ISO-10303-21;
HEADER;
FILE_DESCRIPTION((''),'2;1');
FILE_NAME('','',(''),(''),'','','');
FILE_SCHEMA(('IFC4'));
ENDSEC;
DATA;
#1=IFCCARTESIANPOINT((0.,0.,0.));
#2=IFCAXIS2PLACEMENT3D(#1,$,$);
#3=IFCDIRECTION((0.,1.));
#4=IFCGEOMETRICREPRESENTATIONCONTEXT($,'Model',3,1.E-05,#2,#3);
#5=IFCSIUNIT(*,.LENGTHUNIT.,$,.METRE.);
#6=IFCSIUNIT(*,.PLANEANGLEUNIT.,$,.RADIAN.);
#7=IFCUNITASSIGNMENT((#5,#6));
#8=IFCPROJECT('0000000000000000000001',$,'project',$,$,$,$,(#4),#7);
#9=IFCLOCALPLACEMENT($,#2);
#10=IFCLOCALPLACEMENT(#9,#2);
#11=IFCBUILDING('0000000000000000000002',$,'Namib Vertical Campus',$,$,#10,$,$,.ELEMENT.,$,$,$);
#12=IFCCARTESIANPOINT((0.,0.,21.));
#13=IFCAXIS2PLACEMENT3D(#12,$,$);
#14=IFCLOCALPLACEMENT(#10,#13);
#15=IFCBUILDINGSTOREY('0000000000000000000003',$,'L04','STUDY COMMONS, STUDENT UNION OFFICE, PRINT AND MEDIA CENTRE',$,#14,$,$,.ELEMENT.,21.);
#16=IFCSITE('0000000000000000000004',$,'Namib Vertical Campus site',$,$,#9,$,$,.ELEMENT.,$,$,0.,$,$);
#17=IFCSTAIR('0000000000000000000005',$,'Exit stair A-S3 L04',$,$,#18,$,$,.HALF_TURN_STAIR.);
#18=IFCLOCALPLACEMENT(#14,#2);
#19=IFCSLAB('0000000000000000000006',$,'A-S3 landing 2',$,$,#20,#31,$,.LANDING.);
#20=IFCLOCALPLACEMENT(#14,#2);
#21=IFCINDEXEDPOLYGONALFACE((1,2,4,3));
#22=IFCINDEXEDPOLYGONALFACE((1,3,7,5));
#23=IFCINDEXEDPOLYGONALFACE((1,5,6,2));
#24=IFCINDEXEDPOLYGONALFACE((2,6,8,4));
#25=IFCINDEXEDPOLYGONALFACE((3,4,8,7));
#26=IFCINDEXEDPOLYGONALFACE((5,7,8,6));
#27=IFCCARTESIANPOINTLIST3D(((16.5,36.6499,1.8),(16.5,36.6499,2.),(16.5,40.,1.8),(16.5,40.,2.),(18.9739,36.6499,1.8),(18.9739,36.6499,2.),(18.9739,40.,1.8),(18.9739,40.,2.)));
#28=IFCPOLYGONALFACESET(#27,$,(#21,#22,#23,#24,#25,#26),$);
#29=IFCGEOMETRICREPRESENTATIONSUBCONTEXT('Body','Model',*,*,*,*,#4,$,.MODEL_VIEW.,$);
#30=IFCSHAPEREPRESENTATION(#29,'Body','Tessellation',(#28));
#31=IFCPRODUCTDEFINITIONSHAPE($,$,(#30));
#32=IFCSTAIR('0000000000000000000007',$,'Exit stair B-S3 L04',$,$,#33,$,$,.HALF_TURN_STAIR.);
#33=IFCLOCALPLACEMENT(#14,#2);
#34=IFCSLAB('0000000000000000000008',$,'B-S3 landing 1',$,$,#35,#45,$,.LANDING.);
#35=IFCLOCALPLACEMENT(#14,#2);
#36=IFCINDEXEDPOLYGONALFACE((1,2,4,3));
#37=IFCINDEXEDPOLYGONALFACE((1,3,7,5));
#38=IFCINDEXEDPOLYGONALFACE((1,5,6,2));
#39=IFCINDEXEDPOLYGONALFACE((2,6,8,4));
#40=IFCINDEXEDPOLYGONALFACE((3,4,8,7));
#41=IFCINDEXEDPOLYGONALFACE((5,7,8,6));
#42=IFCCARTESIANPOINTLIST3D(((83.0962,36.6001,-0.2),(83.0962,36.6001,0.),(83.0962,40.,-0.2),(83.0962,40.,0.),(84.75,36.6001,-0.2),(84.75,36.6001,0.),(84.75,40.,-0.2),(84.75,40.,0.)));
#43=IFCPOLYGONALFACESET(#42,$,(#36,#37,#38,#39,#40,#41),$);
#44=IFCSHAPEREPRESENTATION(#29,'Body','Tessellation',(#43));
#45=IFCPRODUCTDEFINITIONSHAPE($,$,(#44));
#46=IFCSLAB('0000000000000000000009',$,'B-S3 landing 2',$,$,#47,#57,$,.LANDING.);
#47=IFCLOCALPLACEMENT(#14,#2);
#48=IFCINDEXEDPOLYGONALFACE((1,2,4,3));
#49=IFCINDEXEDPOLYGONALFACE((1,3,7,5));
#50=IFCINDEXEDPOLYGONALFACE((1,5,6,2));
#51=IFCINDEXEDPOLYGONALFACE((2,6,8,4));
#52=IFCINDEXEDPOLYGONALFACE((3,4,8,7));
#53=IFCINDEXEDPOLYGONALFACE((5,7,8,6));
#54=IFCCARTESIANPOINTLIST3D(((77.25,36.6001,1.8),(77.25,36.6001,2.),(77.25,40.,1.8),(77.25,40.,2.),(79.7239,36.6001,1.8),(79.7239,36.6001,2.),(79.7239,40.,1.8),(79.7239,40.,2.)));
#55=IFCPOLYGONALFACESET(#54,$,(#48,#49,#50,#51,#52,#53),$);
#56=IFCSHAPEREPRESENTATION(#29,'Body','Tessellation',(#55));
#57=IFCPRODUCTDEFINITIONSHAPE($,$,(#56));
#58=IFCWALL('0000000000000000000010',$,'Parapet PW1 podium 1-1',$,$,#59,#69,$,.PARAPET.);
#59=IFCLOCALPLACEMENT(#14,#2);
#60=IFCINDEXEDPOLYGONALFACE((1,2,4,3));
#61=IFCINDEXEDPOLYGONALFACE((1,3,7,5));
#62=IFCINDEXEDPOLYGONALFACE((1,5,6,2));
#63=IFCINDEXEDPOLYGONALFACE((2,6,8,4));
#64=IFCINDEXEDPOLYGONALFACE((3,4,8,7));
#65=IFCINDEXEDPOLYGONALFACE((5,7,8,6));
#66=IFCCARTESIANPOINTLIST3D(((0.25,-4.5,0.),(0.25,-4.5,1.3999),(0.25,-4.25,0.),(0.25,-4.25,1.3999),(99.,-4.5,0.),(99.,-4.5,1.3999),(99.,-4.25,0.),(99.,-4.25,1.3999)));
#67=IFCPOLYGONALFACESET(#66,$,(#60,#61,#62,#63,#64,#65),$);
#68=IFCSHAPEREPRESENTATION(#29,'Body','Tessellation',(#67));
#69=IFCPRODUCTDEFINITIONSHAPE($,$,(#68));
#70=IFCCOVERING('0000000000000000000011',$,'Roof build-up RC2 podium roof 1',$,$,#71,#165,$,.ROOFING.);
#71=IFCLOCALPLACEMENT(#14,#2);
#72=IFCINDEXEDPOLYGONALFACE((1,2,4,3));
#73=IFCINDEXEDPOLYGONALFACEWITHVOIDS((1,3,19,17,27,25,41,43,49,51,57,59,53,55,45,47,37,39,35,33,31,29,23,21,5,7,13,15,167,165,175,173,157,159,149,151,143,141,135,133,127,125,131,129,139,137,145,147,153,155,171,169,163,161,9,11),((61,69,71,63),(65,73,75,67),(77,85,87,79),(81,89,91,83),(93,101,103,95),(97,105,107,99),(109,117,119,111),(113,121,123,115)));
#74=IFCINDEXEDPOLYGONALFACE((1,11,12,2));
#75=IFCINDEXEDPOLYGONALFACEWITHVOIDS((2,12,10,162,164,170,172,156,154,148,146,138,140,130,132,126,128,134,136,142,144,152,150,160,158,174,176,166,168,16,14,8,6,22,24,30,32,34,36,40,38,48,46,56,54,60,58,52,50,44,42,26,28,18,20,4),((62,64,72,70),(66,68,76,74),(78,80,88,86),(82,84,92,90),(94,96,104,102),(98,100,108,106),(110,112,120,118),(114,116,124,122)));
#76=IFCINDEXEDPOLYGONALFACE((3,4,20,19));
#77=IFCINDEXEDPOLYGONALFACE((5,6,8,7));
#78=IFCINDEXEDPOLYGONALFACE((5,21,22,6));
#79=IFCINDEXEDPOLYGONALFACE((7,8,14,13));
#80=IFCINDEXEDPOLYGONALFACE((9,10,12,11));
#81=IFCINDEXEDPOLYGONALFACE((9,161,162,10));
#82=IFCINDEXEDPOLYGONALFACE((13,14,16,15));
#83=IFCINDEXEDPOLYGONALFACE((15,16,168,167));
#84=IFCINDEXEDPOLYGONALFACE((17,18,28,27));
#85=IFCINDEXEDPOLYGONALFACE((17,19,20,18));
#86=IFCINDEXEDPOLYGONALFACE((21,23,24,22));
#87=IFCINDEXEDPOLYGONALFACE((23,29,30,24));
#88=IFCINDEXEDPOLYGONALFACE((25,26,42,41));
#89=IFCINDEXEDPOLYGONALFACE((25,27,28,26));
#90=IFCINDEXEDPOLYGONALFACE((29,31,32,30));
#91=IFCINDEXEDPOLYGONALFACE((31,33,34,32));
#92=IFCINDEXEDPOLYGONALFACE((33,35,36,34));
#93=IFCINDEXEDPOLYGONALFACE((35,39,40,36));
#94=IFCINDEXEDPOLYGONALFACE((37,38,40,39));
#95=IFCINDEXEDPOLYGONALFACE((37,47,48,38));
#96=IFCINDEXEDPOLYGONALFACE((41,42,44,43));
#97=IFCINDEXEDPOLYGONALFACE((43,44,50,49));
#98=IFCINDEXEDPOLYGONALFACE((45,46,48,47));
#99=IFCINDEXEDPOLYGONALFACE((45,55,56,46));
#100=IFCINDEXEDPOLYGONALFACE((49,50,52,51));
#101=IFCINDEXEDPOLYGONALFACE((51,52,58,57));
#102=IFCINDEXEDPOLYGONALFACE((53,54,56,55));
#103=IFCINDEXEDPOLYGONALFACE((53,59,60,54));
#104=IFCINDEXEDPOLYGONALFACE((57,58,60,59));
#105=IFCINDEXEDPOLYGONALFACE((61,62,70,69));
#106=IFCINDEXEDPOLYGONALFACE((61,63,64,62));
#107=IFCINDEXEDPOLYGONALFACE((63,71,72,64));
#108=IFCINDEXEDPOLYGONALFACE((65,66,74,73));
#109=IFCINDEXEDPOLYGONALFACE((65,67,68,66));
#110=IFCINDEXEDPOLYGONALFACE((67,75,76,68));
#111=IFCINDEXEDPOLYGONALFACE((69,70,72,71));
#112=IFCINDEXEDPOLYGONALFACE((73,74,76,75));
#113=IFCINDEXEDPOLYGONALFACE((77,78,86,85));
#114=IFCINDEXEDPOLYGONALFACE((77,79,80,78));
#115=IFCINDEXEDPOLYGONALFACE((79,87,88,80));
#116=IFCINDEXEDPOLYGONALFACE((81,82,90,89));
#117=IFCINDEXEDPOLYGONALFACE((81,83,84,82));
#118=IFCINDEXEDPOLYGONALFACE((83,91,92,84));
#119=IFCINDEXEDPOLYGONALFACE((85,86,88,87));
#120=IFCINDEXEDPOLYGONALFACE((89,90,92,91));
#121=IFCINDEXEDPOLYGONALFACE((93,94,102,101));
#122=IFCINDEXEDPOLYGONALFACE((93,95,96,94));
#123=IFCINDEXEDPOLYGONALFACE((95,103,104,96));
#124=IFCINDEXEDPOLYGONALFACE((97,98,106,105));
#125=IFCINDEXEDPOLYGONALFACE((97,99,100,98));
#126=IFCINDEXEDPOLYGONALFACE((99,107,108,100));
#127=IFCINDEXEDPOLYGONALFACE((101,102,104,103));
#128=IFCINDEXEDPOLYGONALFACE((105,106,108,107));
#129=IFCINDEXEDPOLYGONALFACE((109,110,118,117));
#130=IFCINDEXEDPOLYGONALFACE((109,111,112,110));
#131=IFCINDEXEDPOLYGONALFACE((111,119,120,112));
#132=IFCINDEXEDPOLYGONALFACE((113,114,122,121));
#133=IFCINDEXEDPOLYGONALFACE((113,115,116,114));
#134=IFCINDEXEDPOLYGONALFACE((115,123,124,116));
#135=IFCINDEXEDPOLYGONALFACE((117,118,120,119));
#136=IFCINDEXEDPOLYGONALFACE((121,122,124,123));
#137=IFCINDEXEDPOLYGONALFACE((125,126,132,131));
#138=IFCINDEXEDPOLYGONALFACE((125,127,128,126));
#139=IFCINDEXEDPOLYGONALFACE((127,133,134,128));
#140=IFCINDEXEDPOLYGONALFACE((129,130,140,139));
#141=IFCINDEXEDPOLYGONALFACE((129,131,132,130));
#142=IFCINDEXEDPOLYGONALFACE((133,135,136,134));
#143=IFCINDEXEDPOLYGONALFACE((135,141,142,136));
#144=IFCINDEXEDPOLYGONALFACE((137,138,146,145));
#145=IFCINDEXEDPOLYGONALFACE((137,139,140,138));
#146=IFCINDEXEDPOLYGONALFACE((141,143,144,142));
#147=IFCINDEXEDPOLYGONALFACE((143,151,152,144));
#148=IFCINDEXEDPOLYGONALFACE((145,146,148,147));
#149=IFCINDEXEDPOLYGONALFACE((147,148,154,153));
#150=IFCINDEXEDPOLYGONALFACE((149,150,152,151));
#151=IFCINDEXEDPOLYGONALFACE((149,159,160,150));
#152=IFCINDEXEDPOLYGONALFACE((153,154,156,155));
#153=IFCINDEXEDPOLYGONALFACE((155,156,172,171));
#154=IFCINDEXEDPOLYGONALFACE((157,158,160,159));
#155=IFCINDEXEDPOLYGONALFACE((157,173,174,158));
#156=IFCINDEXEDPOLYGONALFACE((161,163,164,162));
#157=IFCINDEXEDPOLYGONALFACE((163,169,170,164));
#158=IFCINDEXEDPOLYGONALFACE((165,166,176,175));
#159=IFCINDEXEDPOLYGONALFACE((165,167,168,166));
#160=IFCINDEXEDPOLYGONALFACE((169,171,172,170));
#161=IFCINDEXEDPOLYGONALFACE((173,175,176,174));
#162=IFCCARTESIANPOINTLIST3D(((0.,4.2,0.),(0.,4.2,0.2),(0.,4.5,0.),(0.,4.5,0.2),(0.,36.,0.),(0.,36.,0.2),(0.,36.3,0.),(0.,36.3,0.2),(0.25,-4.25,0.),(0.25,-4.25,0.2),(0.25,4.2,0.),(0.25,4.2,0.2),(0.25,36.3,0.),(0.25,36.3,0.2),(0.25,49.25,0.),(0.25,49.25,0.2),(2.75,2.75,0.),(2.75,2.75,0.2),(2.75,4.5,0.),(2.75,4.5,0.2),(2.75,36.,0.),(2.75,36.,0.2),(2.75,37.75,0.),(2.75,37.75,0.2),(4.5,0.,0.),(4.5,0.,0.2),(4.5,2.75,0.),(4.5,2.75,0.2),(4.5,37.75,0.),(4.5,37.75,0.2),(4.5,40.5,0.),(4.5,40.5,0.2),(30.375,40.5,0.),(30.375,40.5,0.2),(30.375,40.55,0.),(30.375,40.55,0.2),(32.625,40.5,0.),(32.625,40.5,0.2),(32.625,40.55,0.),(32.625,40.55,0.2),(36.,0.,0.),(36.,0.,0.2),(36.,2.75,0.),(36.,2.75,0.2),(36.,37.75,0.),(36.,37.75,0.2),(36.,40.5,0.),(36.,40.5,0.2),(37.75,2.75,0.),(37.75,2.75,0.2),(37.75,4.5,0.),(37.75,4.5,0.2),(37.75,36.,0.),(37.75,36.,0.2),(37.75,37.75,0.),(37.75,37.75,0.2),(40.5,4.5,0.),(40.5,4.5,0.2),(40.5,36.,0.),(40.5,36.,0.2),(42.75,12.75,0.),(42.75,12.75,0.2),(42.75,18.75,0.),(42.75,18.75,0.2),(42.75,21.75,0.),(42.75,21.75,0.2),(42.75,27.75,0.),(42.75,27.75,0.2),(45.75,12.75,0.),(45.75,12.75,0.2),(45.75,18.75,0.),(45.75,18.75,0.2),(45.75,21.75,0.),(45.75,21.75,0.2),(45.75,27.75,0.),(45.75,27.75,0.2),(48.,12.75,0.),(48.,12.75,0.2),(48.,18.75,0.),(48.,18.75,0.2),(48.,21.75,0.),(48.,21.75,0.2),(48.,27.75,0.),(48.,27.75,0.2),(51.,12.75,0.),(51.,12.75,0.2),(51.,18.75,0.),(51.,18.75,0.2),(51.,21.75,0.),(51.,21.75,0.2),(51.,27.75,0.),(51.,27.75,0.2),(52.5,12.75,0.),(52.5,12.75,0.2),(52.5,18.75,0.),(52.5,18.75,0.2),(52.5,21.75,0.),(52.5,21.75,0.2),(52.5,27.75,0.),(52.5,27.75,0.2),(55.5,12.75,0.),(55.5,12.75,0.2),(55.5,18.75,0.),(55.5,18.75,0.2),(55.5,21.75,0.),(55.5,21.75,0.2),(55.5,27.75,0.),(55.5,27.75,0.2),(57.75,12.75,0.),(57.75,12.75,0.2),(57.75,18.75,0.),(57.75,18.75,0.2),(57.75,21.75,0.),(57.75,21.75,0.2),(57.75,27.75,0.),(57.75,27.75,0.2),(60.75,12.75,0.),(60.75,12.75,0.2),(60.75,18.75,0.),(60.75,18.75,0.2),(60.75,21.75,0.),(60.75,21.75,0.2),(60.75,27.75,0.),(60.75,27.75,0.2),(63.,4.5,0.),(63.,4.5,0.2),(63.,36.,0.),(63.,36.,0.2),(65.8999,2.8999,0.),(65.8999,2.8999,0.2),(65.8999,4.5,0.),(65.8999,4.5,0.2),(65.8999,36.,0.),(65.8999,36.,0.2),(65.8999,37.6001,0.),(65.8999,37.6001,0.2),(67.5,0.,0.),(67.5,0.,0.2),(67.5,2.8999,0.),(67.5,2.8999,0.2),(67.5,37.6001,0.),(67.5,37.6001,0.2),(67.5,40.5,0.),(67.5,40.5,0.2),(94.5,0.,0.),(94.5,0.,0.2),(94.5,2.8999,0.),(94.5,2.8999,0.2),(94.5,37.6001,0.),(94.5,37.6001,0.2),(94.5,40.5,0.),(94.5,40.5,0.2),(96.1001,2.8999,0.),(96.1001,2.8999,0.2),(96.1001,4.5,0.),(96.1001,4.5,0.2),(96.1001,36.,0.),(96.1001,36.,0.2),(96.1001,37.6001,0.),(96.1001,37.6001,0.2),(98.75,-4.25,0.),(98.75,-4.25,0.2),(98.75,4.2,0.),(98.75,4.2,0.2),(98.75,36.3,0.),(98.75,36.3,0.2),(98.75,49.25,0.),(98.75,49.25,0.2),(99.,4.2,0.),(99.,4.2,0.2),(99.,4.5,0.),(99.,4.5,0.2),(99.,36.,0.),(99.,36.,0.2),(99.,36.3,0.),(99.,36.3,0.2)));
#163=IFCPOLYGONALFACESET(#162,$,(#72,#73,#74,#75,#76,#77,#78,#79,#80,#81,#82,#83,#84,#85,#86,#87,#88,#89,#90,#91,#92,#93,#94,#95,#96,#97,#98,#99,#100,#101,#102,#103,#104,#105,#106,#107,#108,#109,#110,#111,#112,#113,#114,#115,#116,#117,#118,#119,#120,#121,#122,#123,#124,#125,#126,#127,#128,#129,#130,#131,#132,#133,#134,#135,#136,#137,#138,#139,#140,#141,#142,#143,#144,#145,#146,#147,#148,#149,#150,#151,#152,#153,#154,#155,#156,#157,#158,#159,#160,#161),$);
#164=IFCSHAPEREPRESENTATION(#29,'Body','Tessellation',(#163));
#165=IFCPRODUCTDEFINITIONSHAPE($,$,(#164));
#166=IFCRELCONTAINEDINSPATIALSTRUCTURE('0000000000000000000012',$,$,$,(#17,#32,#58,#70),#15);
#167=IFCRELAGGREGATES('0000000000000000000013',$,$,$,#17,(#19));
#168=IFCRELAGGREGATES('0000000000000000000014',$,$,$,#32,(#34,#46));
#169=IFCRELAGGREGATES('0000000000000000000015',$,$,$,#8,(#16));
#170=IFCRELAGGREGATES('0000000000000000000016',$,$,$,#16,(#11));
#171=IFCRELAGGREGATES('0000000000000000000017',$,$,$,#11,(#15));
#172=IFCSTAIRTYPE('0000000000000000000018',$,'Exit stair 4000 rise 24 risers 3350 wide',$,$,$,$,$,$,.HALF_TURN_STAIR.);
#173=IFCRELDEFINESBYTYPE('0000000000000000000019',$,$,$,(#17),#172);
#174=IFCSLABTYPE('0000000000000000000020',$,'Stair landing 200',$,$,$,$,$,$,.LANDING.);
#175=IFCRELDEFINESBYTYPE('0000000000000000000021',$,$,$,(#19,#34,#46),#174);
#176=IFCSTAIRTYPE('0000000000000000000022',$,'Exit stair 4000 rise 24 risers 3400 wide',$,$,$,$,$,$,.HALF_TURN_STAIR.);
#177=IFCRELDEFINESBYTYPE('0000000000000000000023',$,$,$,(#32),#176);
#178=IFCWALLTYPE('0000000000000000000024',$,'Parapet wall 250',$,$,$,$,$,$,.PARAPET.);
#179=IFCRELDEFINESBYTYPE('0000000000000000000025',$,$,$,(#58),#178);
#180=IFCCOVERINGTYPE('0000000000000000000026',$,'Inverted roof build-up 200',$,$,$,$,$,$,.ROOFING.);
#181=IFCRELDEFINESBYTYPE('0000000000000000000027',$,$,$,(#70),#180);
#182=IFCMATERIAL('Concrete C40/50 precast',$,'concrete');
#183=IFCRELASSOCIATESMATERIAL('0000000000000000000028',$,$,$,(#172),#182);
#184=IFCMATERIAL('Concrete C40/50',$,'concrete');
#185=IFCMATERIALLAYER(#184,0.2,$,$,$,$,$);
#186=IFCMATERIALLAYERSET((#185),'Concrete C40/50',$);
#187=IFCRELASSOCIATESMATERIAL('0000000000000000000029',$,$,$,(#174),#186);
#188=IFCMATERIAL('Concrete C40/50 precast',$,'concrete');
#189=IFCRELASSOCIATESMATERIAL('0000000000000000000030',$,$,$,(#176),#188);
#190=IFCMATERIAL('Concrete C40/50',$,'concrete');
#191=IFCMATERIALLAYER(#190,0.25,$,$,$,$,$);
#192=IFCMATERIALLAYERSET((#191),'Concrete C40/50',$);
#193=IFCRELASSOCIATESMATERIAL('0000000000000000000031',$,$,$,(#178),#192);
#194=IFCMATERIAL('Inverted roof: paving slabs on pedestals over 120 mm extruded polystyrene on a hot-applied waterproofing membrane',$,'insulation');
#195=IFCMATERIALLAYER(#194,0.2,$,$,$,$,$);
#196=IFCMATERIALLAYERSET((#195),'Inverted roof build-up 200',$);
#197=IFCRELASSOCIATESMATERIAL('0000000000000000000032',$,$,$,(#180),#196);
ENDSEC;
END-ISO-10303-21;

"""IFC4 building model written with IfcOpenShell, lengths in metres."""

from ifc_helpers import new_model, si_unit, direction, frame, frame_2d, origin, place, context, subcontext, project, spatial, polyline, rectangle, outline, extrude, material, layer, layer_set, type_object, element, aggregate, save


model = new_model("IFC4")

# Units and contexts
model_context = context("Model", 3, precision=1e-05, world=origin(), true_north=direction((0.0, 1.0)))
body_context = subcontext(model_context, "Body", "Model", "MODEL_VIEW")
ifc_project = project(units=[si_unit("LENGTHUNIT", "METRE"), si_unit("PLANEANGLEUNIT", "RADIAN")], contexts=[model_context])

# Site, building, storey
site_placement = place(None, origin())
site = spatial("IfcSite", under=ifc_project, at=site_placement, Name="Namib Vertical Campus site", CompositionType="ELEMENT", RefElevation=0.0)
building_placement = place(site_placement, origin())
building = spatial("IfcBuilding", under=site, at=building_placement, Name="Namib Vertical Campus", CompositionType="ELEMENT")
storey_placement = place(building_placement, frame((0.0, 0.0, 21.0)))
storey = spatial("IfcBuildingStorey", under=building, at=storey_placement, Name="L04", Description="STUDY COMMONS, STUDENT UNION OFFICE, PRINT AND MEDIA CENTRE", CompositionType="ELEMENT", Elevation=21.0)

# Stairs, slabs
ifc_material_1 = material(Name="Concrete C40/50 precast", Category="concrete")
stair_type_1 = type_object("IfcStairType", Name="Exit stair 4000 rise 24 risers 3350 wide", PredefinedType="HALF_TURN_STAIR", material=ifc_material_1)
ifc_material_2 = material(Name="Concrete C40/50", Category="concrete")
ifc_layer_1 = layer(ifc_material_2, 0.2)
ifc_layer_set_1 = layer_set([ifc_layer_1], Name="Concrete C40/50")
slab_type_1 = type_object("IfcSlabType", Name="Stair landing 200", PredefinedType="LANDING", material=ifc_layer_set_1)
ifc_material_3 = material(Name="Concrete C40/50 precast", Category="concrete")
stair_type_2 = type_object("IfcStairType", Name="Exit stair 4000 rise 24 risers 3400 wide", PredefinedType="HALF_TURN_STAIR", material=ifc_material_3)
stair_1_placement = place(storey_placement, origin())
stair_1 = element("IfcStair", 1, at=stair_1_placement, inside=storey, type_object=stair_type_1, Name="Exit stair A-S3 L04", PredefinedType="HALF_TURN_STAIR")
slab_1_placement = place(storey_placement, frame((0.0, 0.0, 1.8)))
slab_1 = element("IfcSlab", 2, at=slab_1_placement, type_object=slab_type_1, Name="A-S3 landing 2", PredefinedType="LANDING", context=body_context, shape_type="SweptSolid", body=[
    extrude(outline(polyline([(16.5, 36.6499), (16.5, 40.0), (18.9739, 40.0), (18.9739, 36.6499), (16.5, 36.6499)])), origin(), (0.0, 0.0, 1.0), 0.2),
])
aggregate(stair_1, [slab_1])
stair_2_placement = place(storey_placement, origin())
stair_2 = element("IfcStair", 3, at=stair_2_placement, inside=storey, type_object=stair_type_2, Name="Exit stair B-S3 L04", PredefinedType="HALF_TURN_STAIR")
slab_2_placement = place(storey_placement, frame((0.0, 0.0, -0.2)))
slab_2 = element("IfcSlab", 4, at=slab_2_placement, type_object=slab_type_1, Name="B-S3 landing 1", PredefinedType="LANDING", context=body_context, shape_type="SweptSolid", body=[
    extrude(outline(polyline([(83.0962, 36.6001), (83.0962, 40.0), (84.75, 40.0), (84.75, 36.6001), (83.0962, 36.6001)])), origin(), (0.0, 0.0, 1.0), 0.2),
])
slab_3_placement = place(storey_placement, frame((0.0, 0.0, 1.8)))
slab_3 = element("IfcSlab", 5, at=slab_3_placement, type_object=slab_type_1, Name="B-S3 landing 2", PredefinedType="LANDING", context=body_context, shape_type="SweptSolid", body=[
    extrude(outline(polyline([(77.25, 36.6001), (77.25, 40.0), (79.7239, 40.0), (79.7239, 36.6001), (77.25, 36.6001)])), origin(), (0.0, 0.0, 1.0), 0.2),
])
aggregate(stair_2, [slab_2, slab_3])

# Wall
ifc_material_4 = material(Name="Concrete C40/50", Category="concrete")
ifc_layer_2 = layer(ifc_material_4, 0.25)
ifc_layer_set_2 = layer_set([ifc_layer_2], Name="Concrete C40/50")
wall_type = type_object("IfcWallType", Name="Parapet wall 250", PredefinedType="PARAPET", material=ifc_layer_set_2)
wall_placement = place(storey_placement, frame((0.25, -4.375, 0.0), z_axis=(0.0, 0.0, 1.0), x_axis=(1.0, 0.0, 0.0)))
element("IfcWall", 6, at=wall_placement, inside=storey, type_object=wall_type, Name="Parapet PW1 podium 1-1", PredefinedType="PARAPET", context=body_context, shape_type="SweptSolid", body=[
    extrude(rectangle(XDim=98.75, YDim=0.25, at=frame_2d((49.375, 0.0))), origin(), (0.0, 0.0, 1.0), 1.3999),
])

# Covering
ifc_material_5 = material(Name="Inverted roof: paving slabs on pedestals over 120 mm extruded polystyrene on a hot-applied waterproofing membrane", Category="insulation")
ifc_layer_3 = layer(ifc_material_5, 0.2)
ifc_layer_set_3 = layer_set([ifc_layer_3], Name="Inverted roof build-up 200")
covering_type = type_object("IfcCoveringType", Name="Inverted roof build-up 200", PredefinedType="ROOFING", material=ifc_layer_set_3)
covering_placement = place(storey_placement, origin())
element("IfcCovering", 7, at=covering_placement, inside=storey, type_object=covering_type, Name="Roof build-up RC2 podium roof 1", PredefinedType="ROOFING", context=body_context, shape_type="SweptSolid", body=[
    extrude(outline(polyline([(0.0, 4.5), (0.0, 4.2), (0.25, 4.2), (0.25, -4.25), (98.75, -4.25), (98.75, 4.2), (99.0, 4.2), (99.0, 4.5), (96.1001, 4.5), (96.1001, 2.8999), (94.5, 2.8999), (94.5, 0.0), (67.5, 0.0), (67.5, 2.8999), (65.8999, 2.8999), (65.8999, 4.5), (63.0, 4.5), (63.0, 36.0), (65.8999, 36.0), (65.8999, 37.6001), (67.5, 37.6001), (67.5, 40.5), (94.5, 40.5), (94.5, 37.6001), (96.1001, 37.6001), (96.1001, 36.0), (99.0, 36.0), (99.0, 36.3), (98.75, 36.3), (98.75, 49.25), (0.25, 49.25), (0.25, 36.3), (0.0, 36.3), (0.0, 36.0), (2.75, 36.0), (2.75, 37.75), (4.5, 37.75), (4.5, 40.5), (30.375, 40.5), (30.375, 40.55), (32.625, 40.55), (32.625, 40.5), (36.0, 40.5), (36.0, 37.75), (37.75, 37.75), (37.75, 36.0), (40.5, 36.0), (40.5, 4.5), (37.75, 4.5), (37.75, 2.75), (36.0, 2.75), (36.0, 0.0), (4.5, 0.0), (4.5, 2.75), (2.75, 2.75), (2.75, 4.5), (0.0, 4.5)]), holes=[polyline([(57.75, 18.75), (60.75, 18.75), (60.75, 12.75), (57.75, 12.75), (57.75, 18.75)]), polyline([(57.75, 27.75), (60.75, 27.75), (60.75, 21.75), (57.75, 21.75), (57.75, 27.75)]), polyline([(55.5, 18.75), (55.5, 12.75), (52.5, 12.75), (52.5, 18.75), (55.5, 18.75)]), polyline([(55.5, 27.75), (55.5, 21.75), (52.5, 21.75), (52.5, 27.75), (55.5, 27.75)]), polyline([(51.0, 18.75), (51.0, 12.75), (48.0, 12.75), (48.0, 18.75), (51.0, 18.75)]), polyline([(51.0, 27.75), (51.0, 21.75), (48.0, 21.75), (48.0, 27.75), (51.0, 27.75)]), polyline([(45.75, 18.75), (45.75, 12.75), (42.75, 12.75), (42.75, 18.75), (45.75, 18.75)]), polyline([(45.75, 27.75), (45.75, 21.75), (42.75, 21.75), (42.75, 27.75), (45.75, 27.75)])]), origin(), (0.0, 0.0, 1.0), 0.2),
])

save(model, "model.ifc")
